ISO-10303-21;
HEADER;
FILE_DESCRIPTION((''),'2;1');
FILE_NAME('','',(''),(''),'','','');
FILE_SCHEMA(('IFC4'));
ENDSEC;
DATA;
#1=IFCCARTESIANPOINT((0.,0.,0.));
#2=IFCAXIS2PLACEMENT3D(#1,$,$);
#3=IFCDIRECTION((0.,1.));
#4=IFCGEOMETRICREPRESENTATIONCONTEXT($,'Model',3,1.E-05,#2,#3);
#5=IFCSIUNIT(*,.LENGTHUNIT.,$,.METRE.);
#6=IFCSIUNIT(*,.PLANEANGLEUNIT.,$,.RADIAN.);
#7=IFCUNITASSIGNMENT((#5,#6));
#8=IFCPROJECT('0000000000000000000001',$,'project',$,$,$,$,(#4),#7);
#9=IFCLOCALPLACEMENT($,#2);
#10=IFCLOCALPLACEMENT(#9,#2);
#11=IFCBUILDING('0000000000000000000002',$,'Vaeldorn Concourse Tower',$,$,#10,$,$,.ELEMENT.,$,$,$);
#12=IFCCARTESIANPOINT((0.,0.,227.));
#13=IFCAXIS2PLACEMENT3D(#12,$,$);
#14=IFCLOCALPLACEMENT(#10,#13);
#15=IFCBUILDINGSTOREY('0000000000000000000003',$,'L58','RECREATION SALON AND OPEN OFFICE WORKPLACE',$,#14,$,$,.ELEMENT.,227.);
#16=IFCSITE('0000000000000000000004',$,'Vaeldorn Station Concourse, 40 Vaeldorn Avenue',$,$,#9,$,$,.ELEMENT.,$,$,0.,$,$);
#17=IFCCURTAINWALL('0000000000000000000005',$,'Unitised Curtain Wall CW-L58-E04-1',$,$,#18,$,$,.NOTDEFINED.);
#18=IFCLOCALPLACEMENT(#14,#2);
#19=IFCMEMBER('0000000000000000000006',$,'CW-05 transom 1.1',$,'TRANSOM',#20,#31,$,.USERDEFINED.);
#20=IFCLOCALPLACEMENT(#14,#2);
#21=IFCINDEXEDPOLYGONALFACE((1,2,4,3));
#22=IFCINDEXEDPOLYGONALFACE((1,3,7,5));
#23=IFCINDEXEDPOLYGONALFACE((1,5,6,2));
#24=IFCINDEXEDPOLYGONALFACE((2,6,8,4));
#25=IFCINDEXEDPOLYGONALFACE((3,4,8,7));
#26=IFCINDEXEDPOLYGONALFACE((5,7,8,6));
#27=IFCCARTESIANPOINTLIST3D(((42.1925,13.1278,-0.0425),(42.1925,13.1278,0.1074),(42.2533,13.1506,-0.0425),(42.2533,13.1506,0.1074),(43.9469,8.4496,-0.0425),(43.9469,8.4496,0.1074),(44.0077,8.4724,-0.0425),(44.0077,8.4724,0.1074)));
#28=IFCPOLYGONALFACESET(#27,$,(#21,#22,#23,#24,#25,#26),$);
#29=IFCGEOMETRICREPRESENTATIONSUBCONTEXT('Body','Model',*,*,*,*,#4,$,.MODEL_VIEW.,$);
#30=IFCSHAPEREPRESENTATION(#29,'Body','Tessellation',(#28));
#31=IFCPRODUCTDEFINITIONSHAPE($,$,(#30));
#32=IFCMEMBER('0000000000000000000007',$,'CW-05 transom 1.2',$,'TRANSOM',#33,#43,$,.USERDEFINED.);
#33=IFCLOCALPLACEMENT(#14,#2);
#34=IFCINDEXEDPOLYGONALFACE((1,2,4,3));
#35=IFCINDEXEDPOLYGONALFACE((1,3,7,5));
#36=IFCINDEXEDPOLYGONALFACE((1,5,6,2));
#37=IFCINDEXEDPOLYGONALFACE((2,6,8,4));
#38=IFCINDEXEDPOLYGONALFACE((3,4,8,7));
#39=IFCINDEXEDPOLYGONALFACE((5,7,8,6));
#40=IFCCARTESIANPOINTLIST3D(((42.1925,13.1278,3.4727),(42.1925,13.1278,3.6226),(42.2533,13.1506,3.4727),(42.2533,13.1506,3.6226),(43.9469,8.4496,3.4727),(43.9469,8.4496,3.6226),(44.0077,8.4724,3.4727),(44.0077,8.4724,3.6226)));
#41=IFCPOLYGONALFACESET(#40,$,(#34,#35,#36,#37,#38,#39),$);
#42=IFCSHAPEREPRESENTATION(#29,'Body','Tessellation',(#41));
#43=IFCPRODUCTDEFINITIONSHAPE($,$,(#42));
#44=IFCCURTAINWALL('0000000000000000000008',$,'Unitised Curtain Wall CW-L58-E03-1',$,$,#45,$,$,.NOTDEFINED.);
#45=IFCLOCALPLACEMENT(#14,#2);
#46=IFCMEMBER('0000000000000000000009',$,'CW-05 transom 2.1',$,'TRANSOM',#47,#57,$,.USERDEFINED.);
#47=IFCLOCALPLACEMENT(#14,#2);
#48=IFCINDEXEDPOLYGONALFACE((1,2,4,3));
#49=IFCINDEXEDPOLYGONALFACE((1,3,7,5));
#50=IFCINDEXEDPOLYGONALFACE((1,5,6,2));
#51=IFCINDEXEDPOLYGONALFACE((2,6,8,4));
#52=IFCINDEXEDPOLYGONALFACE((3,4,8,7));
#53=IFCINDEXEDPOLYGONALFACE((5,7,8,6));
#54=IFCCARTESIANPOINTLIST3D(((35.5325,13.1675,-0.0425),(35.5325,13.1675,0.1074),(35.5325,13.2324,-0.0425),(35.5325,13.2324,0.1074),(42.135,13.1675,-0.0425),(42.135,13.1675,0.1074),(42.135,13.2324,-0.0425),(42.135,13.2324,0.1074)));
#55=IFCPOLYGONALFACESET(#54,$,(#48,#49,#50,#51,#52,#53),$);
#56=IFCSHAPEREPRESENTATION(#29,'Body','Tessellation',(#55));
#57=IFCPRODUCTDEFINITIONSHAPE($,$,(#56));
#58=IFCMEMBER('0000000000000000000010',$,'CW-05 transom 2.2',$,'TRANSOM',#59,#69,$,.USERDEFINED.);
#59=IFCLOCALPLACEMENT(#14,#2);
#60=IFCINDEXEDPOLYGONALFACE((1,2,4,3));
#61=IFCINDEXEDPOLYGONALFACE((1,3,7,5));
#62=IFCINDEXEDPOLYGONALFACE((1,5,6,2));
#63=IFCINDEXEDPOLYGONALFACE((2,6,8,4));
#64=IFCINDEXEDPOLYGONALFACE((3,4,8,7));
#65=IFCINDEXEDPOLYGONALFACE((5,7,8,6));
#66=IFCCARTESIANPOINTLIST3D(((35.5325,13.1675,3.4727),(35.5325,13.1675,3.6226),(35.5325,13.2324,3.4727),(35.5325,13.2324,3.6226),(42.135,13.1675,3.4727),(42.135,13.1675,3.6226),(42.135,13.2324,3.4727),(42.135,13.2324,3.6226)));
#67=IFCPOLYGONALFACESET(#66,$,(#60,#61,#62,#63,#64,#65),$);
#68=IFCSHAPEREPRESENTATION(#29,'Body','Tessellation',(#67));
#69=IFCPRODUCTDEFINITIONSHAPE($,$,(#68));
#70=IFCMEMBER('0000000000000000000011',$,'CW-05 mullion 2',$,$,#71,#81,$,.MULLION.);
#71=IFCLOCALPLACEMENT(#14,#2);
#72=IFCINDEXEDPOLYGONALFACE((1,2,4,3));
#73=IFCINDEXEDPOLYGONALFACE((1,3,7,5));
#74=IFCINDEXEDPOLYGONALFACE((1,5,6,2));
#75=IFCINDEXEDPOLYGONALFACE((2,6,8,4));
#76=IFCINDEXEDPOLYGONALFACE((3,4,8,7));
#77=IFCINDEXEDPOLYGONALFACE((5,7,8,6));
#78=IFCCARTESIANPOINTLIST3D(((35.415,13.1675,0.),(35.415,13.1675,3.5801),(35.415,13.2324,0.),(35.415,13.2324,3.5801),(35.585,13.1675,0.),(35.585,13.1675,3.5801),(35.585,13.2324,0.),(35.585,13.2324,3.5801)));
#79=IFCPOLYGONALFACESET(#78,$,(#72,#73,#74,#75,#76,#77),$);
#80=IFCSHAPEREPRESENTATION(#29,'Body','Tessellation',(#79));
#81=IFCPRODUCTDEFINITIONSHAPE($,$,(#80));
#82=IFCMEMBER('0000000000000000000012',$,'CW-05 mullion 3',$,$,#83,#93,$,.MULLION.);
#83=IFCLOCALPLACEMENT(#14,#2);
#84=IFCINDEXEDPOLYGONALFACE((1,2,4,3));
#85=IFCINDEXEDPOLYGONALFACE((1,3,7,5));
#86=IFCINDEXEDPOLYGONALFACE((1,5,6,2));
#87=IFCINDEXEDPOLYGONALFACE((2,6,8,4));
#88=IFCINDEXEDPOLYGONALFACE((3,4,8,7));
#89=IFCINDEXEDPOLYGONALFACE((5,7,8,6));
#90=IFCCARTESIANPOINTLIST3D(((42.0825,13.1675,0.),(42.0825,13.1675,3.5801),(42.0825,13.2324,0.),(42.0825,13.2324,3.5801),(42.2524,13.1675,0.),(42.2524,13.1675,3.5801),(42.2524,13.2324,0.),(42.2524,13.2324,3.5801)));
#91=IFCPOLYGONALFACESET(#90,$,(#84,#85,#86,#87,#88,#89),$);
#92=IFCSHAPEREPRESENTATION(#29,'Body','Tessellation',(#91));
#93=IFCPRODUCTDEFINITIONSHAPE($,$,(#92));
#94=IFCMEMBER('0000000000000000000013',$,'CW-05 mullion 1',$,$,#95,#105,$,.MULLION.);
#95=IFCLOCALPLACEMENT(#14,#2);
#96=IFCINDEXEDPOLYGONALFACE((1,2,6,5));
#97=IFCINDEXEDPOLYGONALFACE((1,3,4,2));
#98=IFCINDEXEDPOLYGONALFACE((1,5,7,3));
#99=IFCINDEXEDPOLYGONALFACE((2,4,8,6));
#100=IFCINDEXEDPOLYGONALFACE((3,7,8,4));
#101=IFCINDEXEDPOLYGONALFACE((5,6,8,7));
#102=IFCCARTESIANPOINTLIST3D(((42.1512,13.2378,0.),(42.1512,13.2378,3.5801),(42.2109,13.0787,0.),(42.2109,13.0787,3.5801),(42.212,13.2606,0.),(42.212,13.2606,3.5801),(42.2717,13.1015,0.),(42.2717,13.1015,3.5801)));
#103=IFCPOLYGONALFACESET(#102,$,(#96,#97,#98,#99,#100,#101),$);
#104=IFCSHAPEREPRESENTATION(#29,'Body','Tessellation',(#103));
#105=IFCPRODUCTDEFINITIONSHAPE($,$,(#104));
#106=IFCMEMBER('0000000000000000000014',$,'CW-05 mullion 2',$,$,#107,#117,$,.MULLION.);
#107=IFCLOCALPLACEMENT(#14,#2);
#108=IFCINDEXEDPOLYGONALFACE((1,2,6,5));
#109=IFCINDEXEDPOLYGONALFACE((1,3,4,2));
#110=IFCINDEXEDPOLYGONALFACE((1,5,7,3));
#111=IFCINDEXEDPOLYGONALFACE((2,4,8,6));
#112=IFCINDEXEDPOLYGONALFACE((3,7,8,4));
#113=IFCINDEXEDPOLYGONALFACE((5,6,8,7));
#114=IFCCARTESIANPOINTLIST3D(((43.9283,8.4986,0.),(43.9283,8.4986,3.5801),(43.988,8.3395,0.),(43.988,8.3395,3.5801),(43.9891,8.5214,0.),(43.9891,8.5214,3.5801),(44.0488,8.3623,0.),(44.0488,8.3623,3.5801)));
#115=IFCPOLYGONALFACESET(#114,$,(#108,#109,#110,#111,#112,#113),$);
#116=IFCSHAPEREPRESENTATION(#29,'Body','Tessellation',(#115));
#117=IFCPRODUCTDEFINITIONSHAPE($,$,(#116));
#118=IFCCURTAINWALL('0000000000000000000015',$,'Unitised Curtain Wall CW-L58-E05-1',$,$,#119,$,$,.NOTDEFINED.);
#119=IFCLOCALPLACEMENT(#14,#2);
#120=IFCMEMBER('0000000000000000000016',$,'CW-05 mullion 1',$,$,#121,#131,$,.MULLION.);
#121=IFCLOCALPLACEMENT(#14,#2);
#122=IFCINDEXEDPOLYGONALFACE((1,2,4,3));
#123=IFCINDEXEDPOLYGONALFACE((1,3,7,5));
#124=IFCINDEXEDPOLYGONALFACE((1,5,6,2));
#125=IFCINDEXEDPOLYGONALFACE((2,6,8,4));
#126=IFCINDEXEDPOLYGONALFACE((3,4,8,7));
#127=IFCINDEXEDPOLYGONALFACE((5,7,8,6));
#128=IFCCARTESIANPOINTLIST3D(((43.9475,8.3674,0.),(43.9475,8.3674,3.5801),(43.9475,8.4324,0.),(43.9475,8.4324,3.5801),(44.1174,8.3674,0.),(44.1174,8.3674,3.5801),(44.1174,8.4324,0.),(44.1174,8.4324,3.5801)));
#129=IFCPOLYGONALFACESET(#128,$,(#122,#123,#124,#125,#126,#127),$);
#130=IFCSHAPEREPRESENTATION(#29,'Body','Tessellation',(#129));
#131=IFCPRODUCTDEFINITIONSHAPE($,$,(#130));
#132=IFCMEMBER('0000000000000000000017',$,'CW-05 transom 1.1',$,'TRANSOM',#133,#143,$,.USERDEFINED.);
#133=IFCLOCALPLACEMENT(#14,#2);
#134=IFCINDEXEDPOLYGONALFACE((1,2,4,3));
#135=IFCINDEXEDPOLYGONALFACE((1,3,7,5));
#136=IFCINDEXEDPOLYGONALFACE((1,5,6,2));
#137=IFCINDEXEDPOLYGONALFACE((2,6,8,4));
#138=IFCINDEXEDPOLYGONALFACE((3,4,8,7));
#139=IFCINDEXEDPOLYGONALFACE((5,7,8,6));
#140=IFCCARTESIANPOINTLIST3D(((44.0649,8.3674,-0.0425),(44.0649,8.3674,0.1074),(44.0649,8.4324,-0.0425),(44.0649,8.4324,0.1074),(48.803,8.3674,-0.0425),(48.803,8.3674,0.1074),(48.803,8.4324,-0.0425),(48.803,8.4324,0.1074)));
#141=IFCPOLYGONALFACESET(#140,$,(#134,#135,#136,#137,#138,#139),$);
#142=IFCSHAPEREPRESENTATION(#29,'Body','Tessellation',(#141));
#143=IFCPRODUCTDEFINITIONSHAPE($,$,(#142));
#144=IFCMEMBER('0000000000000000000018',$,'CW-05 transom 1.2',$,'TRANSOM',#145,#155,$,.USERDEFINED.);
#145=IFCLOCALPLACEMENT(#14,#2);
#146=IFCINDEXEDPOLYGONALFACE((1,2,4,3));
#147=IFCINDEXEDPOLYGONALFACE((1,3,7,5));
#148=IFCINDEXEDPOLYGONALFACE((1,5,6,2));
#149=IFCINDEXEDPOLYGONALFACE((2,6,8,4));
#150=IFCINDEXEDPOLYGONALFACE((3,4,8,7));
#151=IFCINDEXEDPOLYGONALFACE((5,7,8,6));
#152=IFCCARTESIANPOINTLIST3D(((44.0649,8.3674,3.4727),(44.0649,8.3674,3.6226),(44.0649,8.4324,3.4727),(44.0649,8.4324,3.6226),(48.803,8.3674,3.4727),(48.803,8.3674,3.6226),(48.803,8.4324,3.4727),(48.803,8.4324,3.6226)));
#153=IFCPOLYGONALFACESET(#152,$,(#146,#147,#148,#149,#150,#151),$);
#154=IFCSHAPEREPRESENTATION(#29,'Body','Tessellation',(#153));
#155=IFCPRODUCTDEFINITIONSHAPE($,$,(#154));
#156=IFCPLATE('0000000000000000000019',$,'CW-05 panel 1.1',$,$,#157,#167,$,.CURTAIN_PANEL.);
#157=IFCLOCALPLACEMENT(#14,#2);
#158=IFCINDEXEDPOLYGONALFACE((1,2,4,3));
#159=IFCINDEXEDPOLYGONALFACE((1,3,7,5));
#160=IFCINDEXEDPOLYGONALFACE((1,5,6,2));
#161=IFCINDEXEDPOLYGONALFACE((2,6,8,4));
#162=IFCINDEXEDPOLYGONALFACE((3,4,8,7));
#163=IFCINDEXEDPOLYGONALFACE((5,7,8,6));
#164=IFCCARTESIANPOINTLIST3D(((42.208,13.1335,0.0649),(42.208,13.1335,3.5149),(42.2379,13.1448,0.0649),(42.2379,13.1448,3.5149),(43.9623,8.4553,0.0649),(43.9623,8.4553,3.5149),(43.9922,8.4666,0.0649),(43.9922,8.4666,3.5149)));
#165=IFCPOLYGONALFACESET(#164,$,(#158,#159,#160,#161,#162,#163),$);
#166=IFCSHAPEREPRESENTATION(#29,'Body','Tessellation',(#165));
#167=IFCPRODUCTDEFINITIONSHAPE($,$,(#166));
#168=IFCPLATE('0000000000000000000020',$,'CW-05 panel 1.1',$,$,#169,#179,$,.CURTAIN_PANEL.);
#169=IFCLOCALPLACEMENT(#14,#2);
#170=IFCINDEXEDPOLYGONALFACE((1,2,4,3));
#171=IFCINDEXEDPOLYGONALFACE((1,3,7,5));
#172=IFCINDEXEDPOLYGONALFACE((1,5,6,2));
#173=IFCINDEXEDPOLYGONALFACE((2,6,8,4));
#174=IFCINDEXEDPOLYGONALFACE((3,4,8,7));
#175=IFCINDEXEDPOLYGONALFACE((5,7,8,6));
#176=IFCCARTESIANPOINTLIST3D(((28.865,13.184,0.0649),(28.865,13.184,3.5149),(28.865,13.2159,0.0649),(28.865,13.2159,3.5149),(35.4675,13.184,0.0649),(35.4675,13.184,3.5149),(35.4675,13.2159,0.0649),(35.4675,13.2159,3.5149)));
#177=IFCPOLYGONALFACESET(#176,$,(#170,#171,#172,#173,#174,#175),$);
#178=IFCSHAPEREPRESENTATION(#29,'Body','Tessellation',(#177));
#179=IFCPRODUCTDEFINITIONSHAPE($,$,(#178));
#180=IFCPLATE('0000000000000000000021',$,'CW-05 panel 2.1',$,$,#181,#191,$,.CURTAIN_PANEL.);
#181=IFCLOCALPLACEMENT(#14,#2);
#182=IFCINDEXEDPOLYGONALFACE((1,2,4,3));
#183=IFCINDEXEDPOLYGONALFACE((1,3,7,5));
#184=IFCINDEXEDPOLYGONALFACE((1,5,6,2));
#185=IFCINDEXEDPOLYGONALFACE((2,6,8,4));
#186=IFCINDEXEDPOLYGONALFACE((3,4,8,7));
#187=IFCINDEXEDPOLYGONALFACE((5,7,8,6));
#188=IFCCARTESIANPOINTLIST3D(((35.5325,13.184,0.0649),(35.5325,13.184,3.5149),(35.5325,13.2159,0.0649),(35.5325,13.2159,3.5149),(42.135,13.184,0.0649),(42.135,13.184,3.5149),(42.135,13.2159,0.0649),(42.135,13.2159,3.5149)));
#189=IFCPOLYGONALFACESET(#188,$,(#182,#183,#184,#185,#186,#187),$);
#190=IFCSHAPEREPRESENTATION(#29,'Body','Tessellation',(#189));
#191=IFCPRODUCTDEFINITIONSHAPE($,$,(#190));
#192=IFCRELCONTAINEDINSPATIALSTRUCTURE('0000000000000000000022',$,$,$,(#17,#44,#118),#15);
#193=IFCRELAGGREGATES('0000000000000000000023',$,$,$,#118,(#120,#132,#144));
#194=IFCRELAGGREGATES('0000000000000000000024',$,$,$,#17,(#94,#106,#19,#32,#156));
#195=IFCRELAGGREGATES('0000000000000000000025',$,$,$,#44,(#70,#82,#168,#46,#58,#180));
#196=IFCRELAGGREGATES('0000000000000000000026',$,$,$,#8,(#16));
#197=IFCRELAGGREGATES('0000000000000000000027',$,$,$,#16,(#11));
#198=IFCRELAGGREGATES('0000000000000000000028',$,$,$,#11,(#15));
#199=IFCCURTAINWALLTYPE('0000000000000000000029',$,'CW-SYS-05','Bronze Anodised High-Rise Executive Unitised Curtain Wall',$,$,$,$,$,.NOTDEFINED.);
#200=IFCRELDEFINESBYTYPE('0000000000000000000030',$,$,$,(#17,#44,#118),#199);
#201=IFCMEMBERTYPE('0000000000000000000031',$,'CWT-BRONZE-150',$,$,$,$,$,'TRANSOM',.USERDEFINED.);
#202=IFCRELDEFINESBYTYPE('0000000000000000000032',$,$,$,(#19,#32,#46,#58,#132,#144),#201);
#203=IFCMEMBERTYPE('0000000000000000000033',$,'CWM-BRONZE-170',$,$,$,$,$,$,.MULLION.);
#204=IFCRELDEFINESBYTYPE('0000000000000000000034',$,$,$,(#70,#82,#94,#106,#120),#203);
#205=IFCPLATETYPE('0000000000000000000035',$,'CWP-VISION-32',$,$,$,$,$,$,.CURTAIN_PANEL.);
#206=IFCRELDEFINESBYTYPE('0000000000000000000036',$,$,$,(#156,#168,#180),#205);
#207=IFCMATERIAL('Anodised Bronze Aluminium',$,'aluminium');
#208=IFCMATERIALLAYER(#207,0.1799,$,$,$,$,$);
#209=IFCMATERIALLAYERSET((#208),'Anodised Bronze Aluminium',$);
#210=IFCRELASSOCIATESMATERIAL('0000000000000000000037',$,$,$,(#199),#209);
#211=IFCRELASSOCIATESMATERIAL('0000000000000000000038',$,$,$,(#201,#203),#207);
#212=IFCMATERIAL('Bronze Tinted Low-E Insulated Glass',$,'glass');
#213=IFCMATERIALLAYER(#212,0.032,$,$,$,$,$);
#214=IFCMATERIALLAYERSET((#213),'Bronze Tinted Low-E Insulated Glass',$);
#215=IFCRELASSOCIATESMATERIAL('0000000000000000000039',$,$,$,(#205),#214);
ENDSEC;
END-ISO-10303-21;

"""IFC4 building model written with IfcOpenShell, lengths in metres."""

from ifc_helpers import new_model, si_unit, direction, frame, origin, origin_2d, place, context, subcontext, project, spatial, rectangle, extrude, source, transform, mapped, material, layer, layer_set, material_profile, profile_set, type_object, element, aggregate, save


model = new_model("IFC4")

# Units and contexts
model_context = context("Model", 3, precision=1e-05, world=origin(), true_north=direction((0.0, 1.0)))
body_context = subcontext(model_context, "Body", "Model", "MODEL_VIEW")
ifc_project = project(units=[si_unit("LENGTHUNIT", "METRE"), si_unit("PLANEANGLEUNIT", "RADIAN")], contexts=[model_context])

# Site, building, storey
site_placement = place(None, origin())
site = spatial("IfcSite", under=ifc_project, at=site_placement, Name="Vaeldorn Station Concourse, 40 Vaeldorn Avenue", CompositionType="ELEMENT", RefElevation=0.0)
building_placement = place(site_placement, origin())
building = spatial("IfcBuilding", under=site, at=building_placement, Name="Vaeldorn Concourse Tower", CompositionType="ELEMENT")
storey_placement = place(building_placement, frame((0.0, 0.0, 227.0)))
storey = spatial("IfcBuildingStorey", under=building, at=storey_placement, Name="L58", Description="RECREATION SALON AND OPEN OFFICE WORKPLACE", CompositionType="ELEMENT", Elevation=227.0)

# Curtain walls, members
ifc_material_1 = material(Name="Anodised Bronze Aluminium", Category="aluminium")
ifc_layer_1 = layer(ifc_material_1, 0.1799)
ifc_layer_set_1 = layer_set([ifc_layer_1], Name="Anodised Bronze Aluminium")
curtain_wall_type = type_object("IfcCurtainWallType", Name="CW-SYS-05", Description="Bronze Anodised High-Rise Executive Unitised Curtain Wall", PredefinedType="NOTDEFINED", material=ifc_layer_set_1)
curtain_wall_1_placement = place(storey_placement, origin())
curtain_wall_1 = element("IfcCurtainWall", 1, at=curtain_wall_1_placement, inside=storey, type_object=curtain_wall_type, Name="Unitised Curtain Wall CW-L58-E04-1", PredefinedType="NOTDEFINED")
ifc_material_profile_1 = material_profile(ifc_material_1, rectangle(XDim=0.0649, YDim=0.1499, at=origin_2d()), Name="CWT 65x150")
ifc_profile_set_1 = profile_set([ifc_material_profile_1], Name="Anodised Bronze Aluminium")
member_type_1 = type_object("IfcMemberType", Name="CWT-BRONZE-150", ElementType="TRANSOM", PredefinedType="USERDEFINED", material=ifc_profile_set_1)
shared_shape_1 = source(origin(), body_context, "Body", "SweptSolid", [
    extrude(rectangle(XDim=0.0649, YDim=0.1499, at=origin_2d()), origin(), (0.0, 0.0, 1.0), 4.9963),
])
member_1_placement = place(storey_placement, frame((42.2229, 13.1392, 0.0325), z_axis=(0.351134, -0.936325, 0.0), x_axis=(0.936325, 0.351134, 0.0)))
member_1 = element("IfcMember", 2, at=member_1_placement, type_object=member_type_1, Name="CW-05 transom 1.1", ObjectType="TRANSOM", PredefinedType="USERDEFINED", context=body_context, shape_type="MappedRepresentation", body=[
    mapped(shared_shape_1, transform((0.0, 0.0, 0.0), scale=1.0)),
])
member_2_placement = place(storey_placement, frame((42.2229, 13.1392, 3.5476), z_axis=(0.351134, -0.936325, 0.0), x_axis=(0.936325, 0.351134, 0.0)))
member_2 = element("IfcMember", 3, at=member_2_placement, type_object=member_type_1, Name="CW-05 transom 1.2", ObjectType="TRANSOM", PredefinedType="USERDEFINED", context=body_context, shape_type="MappedRepresentation", body=[
    mapped(shared_shape_1, transform((0.0, 0.0, 0.0), scale=1.0)),
])
curtain_wall_2_placement = place(storey_placement, origin())
curtain_wall_2 = element("IfcCurtainWall", 4, at=curtain_wall_2_placement, inside=storey, type_object=curtain_wall_type, Name="Unitised Curtain Wall CW-L58-E03-1", PredefinedType="NOTDEFINED")
shared_shape_2 = source(origin(), body_context, "Body", "SweptSolid", [
    extrude(rectangle(XDim=0.0649, YDim=0.1499, at=origin_2d()), origin(), (0.0, 0.0, 1.0), 6.6025),
])
member_3_placement = place(storey_placement, frame((35.5325, 13.2, 0.0325), z_axis=(1.0, 0.0, 0.0), x_axis=(0.0, 1.0, 0.0)))
member_3 = element("IfcMember", 5, at=member_3_placement, type_object=member_type_1, Name="CW-05 transom 2.1", ObjectType="TRANSOM", PredefinedType="USERDEFINED", context=body_context, shape_type="MappedRepresentation", body=[
    mapped(shared_shape_2, transform((0.0, 0.0, 0.0), scale=1.0)),
])
member_4_placement = place(storey_placement, frame((35.5325, 13.2, 3.5476), z_axis=(1.0, 0.0, 0.0), x_axis=(0.0, 1.0, 0.0)))
member_4 = element("IfcMember", 6, at=member_4_placement, type_object=member_type_1, Name="CW-05 transom 2.2", ObjectType="TRANSOM", PredefinedType="USERDEFINED", context=body_context, shape_type="MappedRepresentation", body=[
    mapped(shared_shape_2, transform((0.0, 0.0, 0.0), scale=1.0)),
])
ifc_material_profile_2 = material_profile(ifc_material_1, rectangle(XDim=0.0649, YDim=0.1699, at=origin_2d()), Name="CWM 65x170")
ifc_profile_set_2 = profile_set([ifc_material_profile_2], Name="Anodised Bronze Aluminium")
member_type_2 = type_object("IfcMemberType", Name="CWM-BRONZE-170", PredefinedType="MULLION", material=ifc_profile_set_2)
shared_shape_3 = source(origin(), body_context, "Body", "SweptSolid", [
    extrude(rectangle(XDim=0.0649, YDim=0.1699, at=origin_2d()), origin(), (0.0, 0.0, 1.0), 3.5801),
])
member_5_placement = place(storey_placement, frame((35.5, 13.2, 0.0), z_axis=(0.0, 0.0, 1.0), x_axis=(0.0, 1.0, 0.0)))
member_5 = element("IfcMember", 7, at=member_5_placement, type_object=member_type_2, Name="CW-05 mullion 2", PredefinedType="MULLION", context=body_context, shape_type="MappedRepresentation", body=[
    mapped(shared_shape_3, transform((0.0, 0.0, 0.0), scale=1.0)),
])
member_6_placement = place(storey_placement, frame((42.1675, 13.2, 0.0), z_axis=(0.0, 0.0, 1.0), x_axis=(0.0, 1.0, 0.0)))
member_6 = element("IfcMember", 8, at=member_6_placement, type_object=member_type_2, Name="CW-05 mullion 3", PredefinedType="MULLION", context=body_context, shape_type="MappedRepresentation", body=[
    mapped(shared_shape_3, transform((0.0, 0.0, 0.0), scale=1.0)),
])

# Members
member_7_placement = place(storey_placement, frame((42.2114, 13.1697, 0.0), z_axis=(0.0, 0.0, 1.0), x_axis=(0.936329, 0.351123, 0.0)))
member_7 = element("IfcMember", 9, at=member_7_placement, type_object=member_type_2, Name="CW-05 mullion 1", PredefinedType="MULLION", context=body_context, shape_type="MappedRepresentation", body=[
    mapped(shared_shape_3, transform((0.0, 0.0, 0.0), scale=1.0)),
])
member_8_placement = place(storey_placement, frame((43.9885, 8.4304, 0.0), z_axis=(0.0, 0.0, 1.0), x_axis=(0.936329, 0.351123, 0.0)))
member_8 = element("IfcMember", 10, at=member_8_placement, type_object=member_type_2, Name="CW-05 mullion 2", PredefinedType="MULLION", context=body_context, shape_type="MappedRepresentation", body=[
    mapped(shared_shape_3, transform((0.0, 0.0, 0.0), scale=1.0)),
])

# Curtain wall, members
curtain_wall_3_placement = place(storey_placement, origin())
curtain_wall_3 = element("IfcCurtainWall", 11, at=curtain_wall_3_placement, inside=storey, type_object=curtain_wall_type, Name="Unitised Curtain Wall CW-L58-E05-1", PredefinedType="NOTDEFINED")
member_9_placement = place(storey_placement, frame((44.0325, 8.3999, 0.0), z_axis=(0.0, 0.0, 1.0), x_axis=(0.0, 1.0, 0.0)))
member_9 = element("IfcMember", 12, at=member_9_placement, type_object=member_type_2, Name="CW-05 mullion 1", PredefinedType="MULLION", context=body_context, shape_type="MappedRepresentation", body=[
    mapped(shared_shape_3, transform((0.0, 0.0, 0.0), scale=1.0)),
])
shared_shape_4 = source(origin(), body_context, "Body", "SweptSolid", [
    extrude(rectangle(XDim=0.0649, YDim=0.1499, at=origin_2d()), origin(), (0.0, 0.0, 1.0), 4.738),
])
member_10_placement = place(storey_placement, frame((44.0649, 8.3999, 0.0325), z_axis=(1.0, 0.0, 0.0), x_axis=(0.0, 1.0, 0.0)))
member_10 = element("IfcMember", 13, at=member_10_placement, type_object=member_type_1, Name="CW-05 transom 1.1", ObjectType="TRANSOM", PredefinedType="USERDEFINED", context=body_context, shape_type="MappedRepresentation", body=[
    mapped(shared_shape_4, transform((0.0, 0.0, 0.0), scale=1.0)),
])
member_11_placement = place(storey_placement, frame((44.0649, 8.3999, 3.5476), z_axis=(1.0, 0.0, 0.0), x_axis=(0.0, 1.0, 0.0)))
member_11 = element("IfcMember", 14, at=member_11_placement, type_object=member_type_1, Name="CW-05 transom 1.2", ObjectType="TRANSOM", PredefinedType="USERDEFINED", context=body_context, shape_type="MappedRepresentation", body=[
    mapped(shared_shape_4, transform((0.0, 0.0, 0.0), scale=1.0)),
])
aggregate(curtain_wall_3, [member_9, member_10, member_11])

# Plates
ifc_material_2 = material(Name="Bronze Tinted Low-E Insulated Glass", Category="glass")
ifc_layer_2 = layer(ifc_material_2, 0.032)
ifc_layer_set_2 = layer_set([ifc_layer_2], Name="Bronze Tinted Low-E Insulated Glass")
plate_type = type_object("IfcPlateType", Name="CWP-VISION-32", PredefinedType="CURTAIN_PANEL", material=ifc_layer_set_2)
shared_shape_5 = source(origin(), body_context, "Body", "SweptSolid", [
    extrude(rectangle(XDim=4.9963, YDim=0.032, at=origin_2d()), origin(), (0.0, 0.0, 1.0), 3.45),
])
plate_1_placement = place(storey_placement, frame((43.1001, 10.8, 0.0649), z_axis=(0.0, 0.0, 1.0), x_axis=(0.351123, -0.936329, 0.0)))
plate_1 = element("IfcPlate", 15, at=plate_1_placement, type_object=plate_type, Name="CW-05 panel 1.1", PredefinedType="CURTAIN_PANEL", context=body_context, shape_type="MappedRepresentation", body=[
    mapped(shared_shape_5, transform((0.0, 0.0, 0.0), scale=1.0)),
])
aggregate(curtain_wall_1, [member_7, member_8, member_1, member_2, plate_1])
shared_shape_6 = source(origin(), body_context, "Body", "SweptSolid", [
    extrude(rectangle(XDim=6.6025, YDim=0.032, at=origin_2d()), origin(), (0.0, 0.0, 1.0), 3.45),
])
plate_2_placement = place(storey_placement, frame((32.1663, 13.2, 0.0649), z_axis=(0.0, 0.0, 1.0), x_axis=(1.0, 0.0, 0.0)))
plate_2 = element("IfcPlate", 16, at=plate_2_placement, type_object=plate_type, Name="CW-05 panel 1.1", PredefinedType="CURTAIN_PANEL", context=body_context, shape_type="MappedRepresentation", body=[
    mapped(shared_shape_6, transform((0.0, 0.0, 0.0), scale=1.0)),
])
plate_3_placement = place(storey_placement, frame((38.8337, 13.2, 0.0649), z_axis=(0.0, 0.0, 1.0), x_axis=(1.0, 0.0, 0.0)))
plate_3 = element("IfcPlate", 17, at=plate_3_placement, type_object=plate_type, Name="CW-05 panel 2.1", PredefinedType="CURTAIN_PANEL", context=body_context, shape_type="MappedRepresentation", body=[
    mapped(shared_shape_6, transform((0.0, 0.0, 0.0), scale=1.0)),
])
aggregate(curtain_wall_2, [member_5, member_6, plate_2, member_3, member_4, plate_3])

save(model, "model.ifc")
